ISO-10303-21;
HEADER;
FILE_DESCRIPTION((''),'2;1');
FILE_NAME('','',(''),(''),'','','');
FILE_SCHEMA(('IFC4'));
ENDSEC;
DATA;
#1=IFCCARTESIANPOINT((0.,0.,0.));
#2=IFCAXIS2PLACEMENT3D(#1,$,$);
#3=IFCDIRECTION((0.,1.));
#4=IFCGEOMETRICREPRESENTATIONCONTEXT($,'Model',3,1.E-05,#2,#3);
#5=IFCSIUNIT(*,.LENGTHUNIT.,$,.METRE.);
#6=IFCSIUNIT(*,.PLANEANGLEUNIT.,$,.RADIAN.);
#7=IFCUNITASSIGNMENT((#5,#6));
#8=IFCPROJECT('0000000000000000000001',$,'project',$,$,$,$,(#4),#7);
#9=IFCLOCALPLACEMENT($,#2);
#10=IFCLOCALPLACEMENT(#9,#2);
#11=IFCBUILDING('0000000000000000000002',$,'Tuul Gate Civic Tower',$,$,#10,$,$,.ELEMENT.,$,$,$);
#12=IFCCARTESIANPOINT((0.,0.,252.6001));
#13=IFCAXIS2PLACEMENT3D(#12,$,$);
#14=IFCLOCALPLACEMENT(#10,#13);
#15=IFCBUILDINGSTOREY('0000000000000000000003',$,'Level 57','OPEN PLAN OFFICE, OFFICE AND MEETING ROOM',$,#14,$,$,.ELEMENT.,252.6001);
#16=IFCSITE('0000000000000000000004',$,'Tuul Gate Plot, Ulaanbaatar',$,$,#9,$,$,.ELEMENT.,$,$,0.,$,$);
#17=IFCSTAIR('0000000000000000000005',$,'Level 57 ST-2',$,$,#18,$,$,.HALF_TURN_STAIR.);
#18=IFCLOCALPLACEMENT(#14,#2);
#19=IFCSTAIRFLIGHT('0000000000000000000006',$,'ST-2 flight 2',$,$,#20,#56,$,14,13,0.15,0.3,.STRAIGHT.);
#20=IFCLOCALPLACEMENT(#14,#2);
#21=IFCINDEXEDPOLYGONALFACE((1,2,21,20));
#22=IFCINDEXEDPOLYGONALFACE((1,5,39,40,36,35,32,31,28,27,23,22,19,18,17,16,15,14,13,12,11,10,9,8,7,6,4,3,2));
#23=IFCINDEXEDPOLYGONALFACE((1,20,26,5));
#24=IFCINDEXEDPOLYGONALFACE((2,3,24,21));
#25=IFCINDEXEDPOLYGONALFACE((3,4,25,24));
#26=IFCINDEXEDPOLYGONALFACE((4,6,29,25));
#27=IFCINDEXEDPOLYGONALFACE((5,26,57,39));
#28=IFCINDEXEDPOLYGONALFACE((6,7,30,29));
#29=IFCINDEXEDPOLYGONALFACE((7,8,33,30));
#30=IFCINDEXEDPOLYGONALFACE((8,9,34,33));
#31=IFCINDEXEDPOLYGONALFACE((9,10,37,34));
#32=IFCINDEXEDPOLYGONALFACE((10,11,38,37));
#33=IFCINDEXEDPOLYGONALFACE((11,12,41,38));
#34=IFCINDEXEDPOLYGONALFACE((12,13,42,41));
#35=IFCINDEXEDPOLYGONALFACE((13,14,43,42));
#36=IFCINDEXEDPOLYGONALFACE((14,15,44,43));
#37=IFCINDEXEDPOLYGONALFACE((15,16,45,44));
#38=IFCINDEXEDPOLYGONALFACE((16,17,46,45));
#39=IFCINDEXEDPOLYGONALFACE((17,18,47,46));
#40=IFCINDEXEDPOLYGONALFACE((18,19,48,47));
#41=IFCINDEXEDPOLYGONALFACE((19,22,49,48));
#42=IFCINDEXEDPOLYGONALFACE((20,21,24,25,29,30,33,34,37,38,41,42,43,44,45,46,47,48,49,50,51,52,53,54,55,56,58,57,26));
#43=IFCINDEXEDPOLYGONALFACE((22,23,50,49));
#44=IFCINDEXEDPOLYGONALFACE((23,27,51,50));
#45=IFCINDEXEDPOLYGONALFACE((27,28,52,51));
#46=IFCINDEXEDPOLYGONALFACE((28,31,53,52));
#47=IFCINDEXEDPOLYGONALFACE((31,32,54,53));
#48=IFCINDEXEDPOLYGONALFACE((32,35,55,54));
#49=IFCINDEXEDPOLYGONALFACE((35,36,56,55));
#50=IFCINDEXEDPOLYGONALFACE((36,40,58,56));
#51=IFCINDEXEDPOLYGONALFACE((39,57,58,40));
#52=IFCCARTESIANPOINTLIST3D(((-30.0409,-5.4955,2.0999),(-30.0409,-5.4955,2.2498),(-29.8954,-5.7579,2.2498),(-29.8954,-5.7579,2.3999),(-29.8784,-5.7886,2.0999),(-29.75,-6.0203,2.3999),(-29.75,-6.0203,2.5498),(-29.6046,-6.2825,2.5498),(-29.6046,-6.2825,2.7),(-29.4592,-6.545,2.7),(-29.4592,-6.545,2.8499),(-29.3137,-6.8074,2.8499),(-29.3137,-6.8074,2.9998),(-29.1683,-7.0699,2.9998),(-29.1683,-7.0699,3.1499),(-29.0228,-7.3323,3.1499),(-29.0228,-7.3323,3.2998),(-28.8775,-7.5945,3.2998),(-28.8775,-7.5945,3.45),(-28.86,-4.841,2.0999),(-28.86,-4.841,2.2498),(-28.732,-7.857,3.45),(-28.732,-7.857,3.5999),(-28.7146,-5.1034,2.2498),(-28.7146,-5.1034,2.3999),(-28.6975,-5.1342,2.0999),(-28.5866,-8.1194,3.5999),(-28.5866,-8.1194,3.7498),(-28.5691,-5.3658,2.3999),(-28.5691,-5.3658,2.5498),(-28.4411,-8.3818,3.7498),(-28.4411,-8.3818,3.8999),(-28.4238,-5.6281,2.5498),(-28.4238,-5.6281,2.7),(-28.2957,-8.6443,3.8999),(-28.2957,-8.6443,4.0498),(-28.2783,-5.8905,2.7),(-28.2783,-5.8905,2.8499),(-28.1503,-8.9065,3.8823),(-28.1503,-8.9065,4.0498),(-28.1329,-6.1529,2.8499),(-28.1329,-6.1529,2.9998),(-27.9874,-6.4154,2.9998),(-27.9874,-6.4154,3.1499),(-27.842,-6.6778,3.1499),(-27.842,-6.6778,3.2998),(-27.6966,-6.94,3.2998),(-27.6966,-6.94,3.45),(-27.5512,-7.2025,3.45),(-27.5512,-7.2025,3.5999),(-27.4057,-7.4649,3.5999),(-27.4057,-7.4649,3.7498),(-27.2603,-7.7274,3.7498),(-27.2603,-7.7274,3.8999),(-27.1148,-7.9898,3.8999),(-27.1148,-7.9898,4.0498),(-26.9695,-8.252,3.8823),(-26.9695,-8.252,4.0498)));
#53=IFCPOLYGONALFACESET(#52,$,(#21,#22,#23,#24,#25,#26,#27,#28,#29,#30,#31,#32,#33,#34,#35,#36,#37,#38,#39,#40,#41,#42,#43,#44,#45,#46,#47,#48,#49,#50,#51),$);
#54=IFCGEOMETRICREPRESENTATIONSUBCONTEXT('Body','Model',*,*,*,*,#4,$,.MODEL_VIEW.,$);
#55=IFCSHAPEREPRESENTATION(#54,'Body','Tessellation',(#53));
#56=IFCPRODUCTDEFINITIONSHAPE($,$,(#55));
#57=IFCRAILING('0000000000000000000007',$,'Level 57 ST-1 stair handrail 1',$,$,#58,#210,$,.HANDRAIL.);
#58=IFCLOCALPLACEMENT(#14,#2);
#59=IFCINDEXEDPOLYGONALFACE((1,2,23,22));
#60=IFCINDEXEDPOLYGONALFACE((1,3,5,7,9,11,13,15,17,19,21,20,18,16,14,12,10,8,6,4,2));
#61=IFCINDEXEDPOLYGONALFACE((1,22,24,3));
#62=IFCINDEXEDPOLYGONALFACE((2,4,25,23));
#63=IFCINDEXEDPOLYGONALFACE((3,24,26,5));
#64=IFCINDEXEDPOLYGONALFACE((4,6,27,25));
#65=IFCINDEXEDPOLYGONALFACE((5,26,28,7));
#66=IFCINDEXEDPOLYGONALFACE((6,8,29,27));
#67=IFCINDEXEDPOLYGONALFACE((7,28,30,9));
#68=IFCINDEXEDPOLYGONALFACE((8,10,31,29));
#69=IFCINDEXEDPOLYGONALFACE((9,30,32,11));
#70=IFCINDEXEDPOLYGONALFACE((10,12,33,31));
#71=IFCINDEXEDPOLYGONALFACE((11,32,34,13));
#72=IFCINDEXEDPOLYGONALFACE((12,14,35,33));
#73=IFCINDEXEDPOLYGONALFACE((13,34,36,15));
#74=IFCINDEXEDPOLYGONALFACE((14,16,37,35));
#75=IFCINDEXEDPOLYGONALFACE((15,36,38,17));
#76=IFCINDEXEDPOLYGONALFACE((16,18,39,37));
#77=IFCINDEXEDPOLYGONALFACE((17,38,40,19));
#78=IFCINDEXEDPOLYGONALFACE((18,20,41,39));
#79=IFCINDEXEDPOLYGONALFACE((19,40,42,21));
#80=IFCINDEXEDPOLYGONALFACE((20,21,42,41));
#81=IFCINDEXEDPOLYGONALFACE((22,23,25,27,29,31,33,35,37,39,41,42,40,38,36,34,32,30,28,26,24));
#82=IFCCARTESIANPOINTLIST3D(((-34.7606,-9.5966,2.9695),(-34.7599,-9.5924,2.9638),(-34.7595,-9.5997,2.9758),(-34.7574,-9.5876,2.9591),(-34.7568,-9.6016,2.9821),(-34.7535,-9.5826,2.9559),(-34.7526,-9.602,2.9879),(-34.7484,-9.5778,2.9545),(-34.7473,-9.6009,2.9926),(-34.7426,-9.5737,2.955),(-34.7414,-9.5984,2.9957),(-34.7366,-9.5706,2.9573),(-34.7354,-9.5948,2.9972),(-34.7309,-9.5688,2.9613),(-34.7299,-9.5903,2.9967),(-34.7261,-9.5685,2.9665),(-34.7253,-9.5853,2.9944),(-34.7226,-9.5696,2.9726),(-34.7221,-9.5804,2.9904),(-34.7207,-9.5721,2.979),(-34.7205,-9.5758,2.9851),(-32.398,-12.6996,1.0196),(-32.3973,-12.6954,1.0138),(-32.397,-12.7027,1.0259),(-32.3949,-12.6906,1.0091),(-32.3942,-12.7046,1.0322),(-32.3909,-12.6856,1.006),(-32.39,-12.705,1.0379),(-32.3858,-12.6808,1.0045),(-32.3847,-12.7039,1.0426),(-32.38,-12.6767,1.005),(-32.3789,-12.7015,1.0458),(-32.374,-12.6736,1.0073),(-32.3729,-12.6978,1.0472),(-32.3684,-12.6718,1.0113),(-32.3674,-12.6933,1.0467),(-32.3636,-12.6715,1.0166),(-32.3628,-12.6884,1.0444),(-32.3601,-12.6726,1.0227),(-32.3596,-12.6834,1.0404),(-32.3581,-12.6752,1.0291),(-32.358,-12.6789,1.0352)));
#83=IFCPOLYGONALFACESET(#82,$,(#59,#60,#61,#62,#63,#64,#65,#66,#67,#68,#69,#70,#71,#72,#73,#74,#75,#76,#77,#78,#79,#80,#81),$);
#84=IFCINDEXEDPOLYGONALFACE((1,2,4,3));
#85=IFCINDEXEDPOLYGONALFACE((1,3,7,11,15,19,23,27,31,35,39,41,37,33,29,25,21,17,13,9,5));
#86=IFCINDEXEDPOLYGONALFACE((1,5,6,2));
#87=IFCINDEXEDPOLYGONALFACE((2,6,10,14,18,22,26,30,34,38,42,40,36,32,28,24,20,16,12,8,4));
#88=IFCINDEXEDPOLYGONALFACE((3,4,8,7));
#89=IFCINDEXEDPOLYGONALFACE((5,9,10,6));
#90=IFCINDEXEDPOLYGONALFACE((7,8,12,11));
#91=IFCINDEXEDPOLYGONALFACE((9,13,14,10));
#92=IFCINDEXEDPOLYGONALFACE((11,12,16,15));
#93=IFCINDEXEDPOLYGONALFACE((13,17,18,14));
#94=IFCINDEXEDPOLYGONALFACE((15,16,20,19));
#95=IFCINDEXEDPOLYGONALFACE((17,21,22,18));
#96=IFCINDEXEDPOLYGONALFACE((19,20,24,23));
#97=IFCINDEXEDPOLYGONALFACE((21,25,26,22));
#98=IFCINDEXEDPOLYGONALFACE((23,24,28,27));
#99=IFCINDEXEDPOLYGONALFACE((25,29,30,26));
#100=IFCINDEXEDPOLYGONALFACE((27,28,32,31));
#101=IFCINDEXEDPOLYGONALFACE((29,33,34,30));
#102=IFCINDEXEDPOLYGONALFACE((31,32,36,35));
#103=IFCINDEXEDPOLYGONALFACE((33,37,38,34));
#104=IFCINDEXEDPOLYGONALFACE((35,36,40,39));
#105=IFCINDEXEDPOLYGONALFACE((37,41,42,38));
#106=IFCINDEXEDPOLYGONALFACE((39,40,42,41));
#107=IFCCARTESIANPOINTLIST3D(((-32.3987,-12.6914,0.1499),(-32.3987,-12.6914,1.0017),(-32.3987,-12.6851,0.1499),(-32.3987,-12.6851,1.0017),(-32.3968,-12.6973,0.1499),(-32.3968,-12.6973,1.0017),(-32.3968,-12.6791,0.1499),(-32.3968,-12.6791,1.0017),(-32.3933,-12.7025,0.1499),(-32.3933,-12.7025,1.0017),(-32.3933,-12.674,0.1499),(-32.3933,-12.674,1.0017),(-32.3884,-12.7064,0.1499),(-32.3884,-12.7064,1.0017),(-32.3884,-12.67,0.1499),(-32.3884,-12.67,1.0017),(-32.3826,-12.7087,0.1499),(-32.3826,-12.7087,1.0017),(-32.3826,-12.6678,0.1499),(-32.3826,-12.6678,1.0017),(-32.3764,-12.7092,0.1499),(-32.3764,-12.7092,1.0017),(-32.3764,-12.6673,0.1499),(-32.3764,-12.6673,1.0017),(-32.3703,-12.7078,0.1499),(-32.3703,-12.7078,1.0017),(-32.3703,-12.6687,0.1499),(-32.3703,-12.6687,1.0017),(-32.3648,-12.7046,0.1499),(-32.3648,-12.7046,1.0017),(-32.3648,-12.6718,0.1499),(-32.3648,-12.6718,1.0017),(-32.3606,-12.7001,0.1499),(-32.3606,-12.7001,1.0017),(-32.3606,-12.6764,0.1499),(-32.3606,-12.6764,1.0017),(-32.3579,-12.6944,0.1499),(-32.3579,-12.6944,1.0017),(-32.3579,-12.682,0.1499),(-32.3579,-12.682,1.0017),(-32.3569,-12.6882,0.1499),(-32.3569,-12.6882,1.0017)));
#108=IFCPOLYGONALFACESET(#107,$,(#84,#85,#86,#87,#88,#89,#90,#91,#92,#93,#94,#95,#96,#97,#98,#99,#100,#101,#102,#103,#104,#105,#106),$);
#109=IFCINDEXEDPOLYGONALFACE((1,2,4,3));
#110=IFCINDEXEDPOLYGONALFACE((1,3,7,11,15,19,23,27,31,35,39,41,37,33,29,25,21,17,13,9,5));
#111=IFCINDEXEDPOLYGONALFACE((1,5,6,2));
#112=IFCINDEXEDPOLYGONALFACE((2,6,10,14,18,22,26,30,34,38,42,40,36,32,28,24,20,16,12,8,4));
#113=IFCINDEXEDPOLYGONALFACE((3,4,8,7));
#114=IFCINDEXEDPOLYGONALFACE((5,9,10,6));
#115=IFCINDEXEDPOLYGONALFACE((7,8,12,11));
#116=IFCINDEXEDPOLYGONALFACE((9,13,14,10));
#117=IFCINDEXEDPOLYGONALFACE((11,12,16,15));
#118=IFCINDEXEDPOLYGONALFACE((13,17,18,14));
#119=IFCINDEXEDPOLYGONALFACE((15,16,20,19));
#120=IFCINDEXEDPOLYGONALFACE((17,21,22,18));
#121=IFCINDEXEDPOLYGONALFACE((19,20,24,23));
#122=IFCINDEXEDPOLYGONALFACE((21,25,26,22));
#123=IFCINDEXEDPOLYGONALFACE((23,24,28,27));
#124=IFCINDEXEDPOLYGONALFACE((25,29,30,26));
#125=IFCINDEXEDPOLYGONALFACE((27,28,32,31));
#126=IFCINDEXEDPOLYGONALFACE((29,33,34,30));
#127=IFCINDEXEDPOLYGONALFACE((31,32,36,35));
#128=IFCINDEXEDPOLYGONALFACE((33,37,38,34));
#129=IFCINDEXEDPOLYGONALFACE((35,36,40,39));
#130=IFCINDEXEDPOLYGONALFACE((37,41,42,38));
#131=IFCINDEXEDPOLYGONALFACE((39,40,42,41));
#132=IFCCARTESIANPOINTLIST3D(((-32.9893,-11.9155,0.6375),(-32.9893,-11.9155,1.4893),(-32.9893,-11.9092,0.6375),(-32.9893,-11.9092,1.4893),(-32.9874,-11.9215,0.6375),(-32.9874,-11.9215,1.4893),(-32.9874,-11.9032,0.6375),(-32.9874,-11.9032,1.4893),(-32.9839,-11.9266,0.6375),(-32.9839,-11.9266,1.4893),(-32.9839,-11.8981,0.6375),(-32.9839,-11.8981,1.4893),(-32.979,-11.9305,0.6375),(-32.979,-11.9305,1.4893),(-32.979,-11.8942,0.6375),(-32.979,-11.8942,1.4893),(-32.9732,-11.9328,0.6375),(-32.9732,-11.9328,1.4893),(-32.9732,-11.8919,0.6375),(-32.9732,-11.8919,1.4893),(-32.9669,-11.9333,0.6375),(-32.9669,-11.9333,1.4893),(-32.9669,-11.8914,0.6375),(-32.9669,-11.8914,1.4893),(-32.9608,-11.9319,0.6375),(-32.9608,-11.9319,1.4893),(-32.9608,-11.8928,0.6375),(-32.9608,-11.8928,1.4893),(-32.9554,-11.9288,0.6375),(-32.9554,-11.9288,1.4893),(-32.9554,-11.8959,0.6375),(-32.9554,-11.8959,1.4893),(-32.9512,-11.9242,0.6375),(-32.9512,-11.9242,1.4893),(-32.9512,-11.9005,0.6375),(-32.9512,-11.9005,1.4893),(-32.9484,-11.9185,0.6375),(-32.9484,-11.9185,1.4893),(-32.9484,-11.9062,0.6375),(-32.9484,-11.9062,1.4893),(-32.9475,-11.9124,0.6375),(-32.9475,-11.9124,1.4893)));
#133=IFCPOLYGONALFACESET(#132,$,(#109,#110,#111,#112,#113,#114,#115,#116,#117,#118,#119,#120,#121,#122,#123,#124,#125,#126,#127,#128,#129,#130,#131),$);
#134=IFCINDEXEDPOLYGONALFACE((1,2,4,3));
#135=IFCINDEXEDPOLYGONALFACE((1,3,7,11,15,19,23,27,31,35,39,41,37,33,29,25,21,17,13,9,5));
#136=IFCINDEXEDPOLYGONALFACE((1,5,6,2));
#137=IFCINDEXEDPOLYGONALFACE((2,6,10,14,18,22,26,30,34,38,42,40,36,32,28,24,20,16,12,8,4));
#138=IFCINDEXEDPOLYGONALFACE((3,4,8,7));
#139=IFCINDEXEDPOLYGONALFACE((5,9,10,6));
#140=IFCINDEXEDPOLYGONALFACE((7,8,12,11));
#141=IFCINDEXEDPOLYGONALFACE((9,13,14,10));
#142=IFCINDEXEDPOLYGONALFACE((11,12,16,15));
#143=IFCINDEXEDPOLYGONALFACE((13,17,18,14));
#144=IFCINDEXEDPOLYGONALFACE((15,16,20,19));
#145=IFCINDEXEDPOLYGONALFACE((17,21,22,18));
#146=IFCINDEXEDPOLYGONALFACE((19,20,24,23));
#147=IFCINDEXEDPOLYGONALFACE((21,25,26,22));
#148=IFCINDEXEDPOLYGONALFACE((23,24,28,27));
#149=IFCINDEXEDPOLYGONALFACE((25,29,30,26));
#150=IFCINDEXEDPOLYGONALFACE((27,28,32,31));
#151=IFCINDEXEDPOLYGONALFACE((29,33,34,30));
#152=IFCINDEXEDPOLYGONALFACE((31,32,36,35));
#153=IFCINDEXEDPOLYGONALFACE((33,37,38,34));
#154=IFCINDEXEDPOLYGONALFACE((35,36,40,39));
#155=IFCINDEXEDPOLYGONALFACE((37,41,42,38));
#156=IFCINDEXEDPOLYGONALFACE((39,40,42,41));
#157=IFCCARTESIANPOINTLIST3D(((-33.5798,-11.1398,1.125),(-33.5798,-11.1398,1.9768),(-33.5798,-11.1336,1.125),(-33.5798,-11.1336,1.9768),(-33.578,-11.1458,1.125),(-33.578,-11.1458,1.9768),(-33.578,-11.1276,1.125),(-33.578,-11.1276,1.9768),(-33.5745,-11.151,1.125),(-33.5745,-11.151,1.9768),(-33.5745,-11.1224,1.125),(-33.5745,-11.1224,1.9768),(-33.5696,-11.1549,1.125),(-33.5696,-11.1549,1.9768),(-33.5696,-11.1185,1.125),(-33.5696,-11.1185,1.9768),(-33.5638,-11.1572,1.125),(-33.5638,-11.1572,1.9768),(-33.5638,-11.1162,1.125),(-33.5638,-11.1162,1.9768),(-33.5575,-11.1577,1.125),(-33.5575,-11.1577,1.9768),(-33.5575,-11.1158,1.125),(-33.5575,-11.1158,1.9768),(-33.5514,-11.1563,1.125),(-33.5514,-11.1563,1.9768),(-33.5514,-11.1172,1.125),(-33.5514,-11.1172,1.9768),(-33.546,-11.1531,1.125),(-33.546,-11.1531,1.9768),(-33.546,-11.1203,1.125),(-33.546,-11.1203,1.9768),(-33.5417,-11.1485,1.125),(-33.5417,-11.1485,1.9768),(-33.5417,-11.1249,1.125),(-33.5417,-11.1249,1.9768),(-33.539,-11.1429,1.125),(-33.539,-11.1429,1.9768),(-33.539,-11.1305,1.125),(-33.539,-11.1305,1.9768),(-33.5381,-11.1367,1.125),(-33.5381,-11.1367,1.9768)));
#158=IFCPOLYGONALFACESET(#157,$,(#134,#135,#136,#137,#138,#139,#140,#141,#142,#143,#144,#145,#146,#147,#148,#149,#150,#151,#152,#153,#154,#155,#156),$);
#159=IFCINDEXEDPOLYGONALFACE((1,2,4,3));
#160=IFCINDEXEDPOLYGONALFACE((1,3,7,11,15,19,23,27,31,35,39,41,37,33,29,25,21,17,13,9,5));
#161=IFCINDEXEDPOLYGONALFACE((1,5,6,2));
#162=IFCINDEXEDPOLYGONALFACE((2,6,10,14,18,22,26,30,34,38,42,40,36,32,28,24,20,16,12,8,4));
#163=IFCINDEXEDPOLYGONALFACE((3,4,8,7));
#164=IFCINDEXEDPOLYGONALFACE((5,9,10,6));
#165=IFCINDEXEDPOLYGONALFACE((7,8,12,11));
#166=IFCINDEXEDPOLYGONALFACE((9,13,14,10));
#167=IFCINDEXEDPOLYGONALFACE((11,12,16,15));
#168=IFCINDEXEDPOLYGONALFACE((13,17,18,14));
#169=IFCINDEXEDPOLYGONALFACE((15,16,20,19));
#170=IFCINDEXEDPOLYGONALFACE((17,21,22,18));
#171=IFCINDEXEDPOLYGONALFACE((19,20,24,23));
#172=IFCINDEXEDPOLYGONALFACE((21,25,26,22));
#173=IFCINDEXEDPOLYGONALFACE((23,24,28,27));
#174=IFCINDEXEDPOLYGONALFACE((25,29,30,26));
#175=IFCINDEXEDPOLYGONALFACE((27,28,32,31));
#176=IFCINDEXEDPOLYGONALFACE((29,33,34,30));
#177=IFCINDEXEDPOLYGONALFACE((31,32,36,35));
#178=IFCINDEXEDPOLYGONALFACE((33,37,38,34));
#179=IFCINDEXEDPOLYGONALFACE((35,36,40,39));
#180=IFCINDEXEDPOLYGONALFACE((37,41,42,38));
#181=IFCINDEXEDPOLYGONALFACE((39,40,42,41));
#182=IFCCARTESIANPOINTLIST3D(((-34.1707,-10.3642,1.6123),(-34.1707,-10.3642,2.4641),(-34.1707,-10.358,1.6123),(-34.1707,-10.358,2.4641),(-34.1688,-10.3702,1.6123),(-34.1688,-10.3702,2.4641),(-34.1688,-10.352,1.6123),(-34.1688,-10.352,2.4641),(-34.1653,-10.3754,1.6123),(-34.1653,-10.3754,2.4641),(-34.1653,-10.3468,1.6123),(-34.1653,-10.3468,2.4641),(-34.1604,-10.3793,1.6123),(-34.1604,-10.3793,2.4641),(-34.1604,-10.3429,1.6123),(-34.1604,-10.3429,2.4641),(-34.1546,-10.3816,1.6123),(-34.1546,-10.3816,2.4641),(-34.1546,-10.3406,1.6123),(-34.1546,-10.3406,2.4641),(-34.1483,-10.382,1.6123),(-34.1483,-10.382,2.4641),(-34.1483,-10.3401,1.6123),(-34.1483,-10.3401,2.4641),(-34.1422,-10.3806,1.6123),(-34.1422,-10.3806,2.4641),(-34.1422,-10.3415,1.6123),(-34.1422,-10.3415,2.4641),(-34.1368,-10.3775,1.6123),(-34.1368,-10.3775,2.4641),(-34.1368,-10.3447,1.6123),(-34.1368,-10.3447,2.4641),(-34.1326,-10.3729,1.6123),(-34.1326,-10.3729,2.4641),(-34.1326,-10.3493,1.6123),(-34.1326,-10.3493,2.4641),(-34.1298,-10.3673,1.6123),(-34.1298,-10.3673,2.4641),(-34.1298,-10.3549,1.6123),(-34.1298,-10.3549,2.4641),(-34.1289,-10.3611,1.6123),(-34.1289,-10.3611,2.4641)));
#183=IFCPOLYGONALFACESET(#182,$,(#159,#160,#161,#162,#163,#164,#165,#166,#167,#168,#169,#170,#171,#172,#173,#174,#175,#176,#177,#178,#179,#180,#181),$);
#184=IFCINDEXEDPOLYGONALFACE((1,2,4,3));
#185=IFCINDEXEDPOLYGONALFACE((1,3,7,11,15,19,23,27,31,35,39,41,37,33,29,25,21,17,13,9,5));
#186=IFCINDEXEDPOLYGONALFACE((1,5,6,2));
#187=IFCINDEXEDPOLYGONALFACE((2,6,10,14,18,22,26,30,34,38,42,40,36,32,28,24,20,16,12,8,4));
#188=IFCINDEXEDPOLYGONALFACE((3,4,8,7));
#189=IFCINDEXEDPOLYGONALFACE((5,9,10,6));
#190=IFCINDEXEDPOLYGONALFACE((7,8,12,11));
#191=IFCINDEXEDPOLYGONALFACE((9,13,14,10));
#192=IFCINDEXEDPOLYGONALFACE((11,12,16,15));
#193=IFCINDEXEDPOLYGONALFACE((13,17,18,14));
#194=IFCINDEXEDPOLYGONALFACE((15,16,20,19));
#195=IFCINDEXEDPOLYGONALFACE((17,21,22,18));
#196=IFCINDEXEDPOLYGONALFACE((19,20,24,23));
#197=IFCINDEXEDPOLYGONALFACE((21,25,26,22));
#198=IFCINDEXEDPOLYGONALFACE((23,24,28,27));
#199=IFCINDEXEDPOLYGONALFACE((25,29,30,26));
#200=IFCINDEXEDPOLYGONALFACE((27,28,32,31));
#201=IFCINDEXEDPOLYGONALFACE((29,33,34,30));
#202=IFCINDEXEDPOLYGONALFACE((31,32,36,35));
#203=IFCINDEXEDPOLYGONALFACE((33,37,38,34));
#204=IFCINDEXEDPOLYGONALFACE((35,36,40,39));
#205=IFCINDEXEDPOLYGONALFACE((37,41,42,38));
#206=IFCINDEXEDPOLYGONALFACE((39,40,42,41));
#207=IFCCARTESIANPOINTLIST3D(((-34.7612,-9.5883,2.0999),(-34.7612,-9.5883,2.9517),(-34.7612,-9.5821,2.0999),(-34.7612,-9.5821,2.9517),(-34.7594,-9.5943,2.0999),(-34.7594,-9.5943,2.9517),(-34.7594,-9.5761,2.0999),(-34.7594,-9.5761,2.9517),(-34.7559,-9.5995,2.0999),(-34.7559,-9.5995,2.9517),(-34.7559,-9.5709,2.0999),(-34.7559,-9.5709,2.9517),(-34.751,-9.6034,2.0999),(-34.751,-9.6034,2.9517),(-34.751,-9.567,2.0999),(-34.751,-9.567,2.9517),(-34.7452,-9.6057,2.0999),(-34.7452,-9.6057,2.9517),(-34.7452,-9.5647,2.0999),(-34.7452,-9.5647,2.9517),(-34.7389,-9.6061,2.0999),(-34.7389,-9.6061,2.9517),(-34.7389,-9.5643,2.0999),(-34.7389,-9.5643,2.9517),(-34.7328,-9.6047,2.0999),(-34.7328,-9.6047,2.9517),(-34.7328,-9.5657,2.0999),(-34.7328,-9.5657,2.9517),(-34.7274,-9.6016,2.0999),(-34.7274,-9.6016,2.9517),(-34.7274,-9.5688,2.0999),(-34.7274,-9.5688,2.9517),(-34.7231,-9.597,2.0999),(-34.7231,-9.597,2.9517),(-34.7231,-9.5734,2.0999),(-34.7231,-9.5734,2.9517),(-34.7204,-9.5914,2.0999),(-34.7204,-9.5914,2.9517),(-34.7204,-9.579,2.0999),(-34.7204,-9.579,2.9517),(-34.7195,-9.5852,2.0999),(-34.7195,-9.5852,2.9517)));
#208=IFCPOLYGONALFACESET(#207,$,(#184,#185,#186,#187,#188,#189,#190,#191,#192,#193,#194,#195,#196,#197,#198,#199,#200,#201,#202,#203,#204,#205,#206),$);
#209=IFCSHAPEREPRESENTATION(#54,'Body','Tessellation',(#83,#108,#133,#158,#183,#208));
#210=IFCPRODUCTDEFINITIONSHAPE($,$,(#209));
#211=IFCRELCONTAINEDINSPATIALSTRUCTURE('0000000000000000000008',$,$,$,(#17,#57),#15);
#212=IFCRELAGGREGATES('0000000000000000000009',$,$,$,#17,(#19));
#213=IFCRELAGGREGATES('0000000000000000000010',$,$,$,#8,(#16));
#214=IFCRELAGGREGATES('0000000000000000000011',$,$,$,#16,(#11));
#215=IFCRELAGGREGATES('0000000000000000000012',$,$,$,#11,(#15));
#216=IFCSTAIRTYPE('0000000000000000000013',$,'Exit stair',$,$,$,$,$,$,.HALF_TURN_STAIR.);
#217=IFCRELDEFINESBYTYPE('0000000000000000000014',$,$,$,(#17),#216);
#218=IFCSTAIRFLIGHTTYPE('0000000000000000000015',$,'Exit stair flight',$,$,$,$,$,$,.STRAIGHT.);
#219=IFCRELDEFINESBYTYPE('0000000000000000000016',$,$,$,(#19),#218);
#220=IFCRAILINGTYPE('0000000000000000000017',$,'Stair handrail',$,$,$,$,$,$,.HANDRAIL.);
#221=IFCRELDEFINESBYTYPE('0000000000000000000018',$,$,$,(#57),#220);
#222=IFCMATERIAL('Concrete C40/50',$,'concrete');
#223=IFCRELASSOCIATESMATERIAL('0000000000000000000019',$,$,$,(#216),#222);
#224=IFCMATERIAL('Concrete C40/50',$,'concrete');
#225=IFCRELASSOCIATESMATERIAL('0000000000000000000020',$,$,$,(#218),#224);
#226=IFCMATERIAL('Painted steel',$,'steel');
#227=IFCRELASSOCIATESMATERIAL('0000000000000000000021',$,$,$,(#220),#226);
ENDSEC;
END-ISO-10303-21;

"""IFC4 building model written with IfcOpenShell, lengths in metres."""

from ifc_helpers import new_model, si_unit, direction, frame, origin, origin_2d, place, context, subcontext, project, spatial, polyline, circle, outline, extrude, material, type_object, element, aggregate, save


model = new_model("IFC4")

# Units and contexts
model_context = context("Model", 3, precision=1e-05, world=origin(), true_north=direction((0.0, 1.0)))
body_context = subcontext(model_context, "Body", "Model", "MODEL_VIEW")
ifc_project = project(units=[si_unit("LENGTHUNIT", "METRE"), si_unit("PLANEANGLEUNIT", "RADIAN")], contexts=[model_context])

# Site, building, storey
site_placement = place(None, origin())
site = spatial("IfcSite", under=ifc_project, at=site_placement, Name="Tuul Gate Plot, Ulaanbaatar", CompositionType="ELEMENT", RefElevation=0.0)
building_placement = place(site_placement, origin())
building = spatial("IfcBuilding", under=site, at=building_placement, Name="Tuul Gate Civic Tower", CompositionType="ELEMENT")
storey_placement = place(building_placement, frame((0.0, 0.0, 252.6001)))
storey = spatial("IfcBuildingStorey", under=building, at=storey_placement, Name="Level 57", Description="OPEN PLAN OFFICE, OFFICE AND MEETING ROOM", CompositionType="ELEMENT", Elevation=252.6001)

# Stair, stair flight
ifc_material_1 = material(Name="Concrete C40/50", Category="concrete")
stair_type = type_object("IfcStairType", Name="Exit stair", PredefinedType="HALF_TURN_STAIR", material=ifc_material_1)
ifc_material_2 = material(Name="Concrete C40/50", Category="concrete")
stair_flight_type = type_object("IfcStairFlightType", Name="Exit stair flight", PredefinedType="STRAIGHT", material=ifc_material_2)
stair_1_placement = place(storey_placement, origin())
stair_1 = element("IfcStair", 1, at=stair_1_placement, inside=storey, type_object=stair_type, Name="Level 57 ST-2", PredefinedType="HALF_TURN_STAIR")
stair_flight_1_placement = place(storey_placement, frame((-29.4504, -5.1682, 2.0999), z_axis=(0.0, 0.0, 1.0), x_axis=(0.484762, -0.874646, 0.0)))
stair_flight_1 = element("IfcStairFlight", 2, at=stair_flight_1_placement, type_object=stair_flight_type, Name="ST-2 flight 2", NumberOfRisers=14, NumberOfTreads=13, PredefinedType="STRAIGHT", RiserHeight=0.15, TreadLength=0.3, context=body_context, shape_type="SweptSolid", body=[
    extrude(outline(polyline([(0.0, 0.0), (0.0, 0.1499), (0.3, 0.1499), (0.3, 0.3), (0.6001, 0.3), (0.6001, 0.45), (0.8999, 0.45), (0.8999, 0.6001), (1.2, 0.6001), (1.2, 0.75), (1.5, 0.75), (1.5, 0.8999), (1.8, 0.8999), (1.8, 1.05), (2.1001, 1.05), (2.1001, 1.2), (2.3999, 1.2), (2.3999, 1.3501), (2.7, 1.3501), (2.7, 1.5), (3.0, 1.5), (3.0, 1.6499), (3.3, 1.6499), (3.3, 1.8), (3.6001, 1.8), (3.6001, 1.95), (3.8999, 1.95), (3.8999, 2.1001), (3.8999, 1.7825), (0.3352, 0.0), (0.0, 0.0)])), frame((0.0, 0.675, 0.0), z_axis=(0.0, -1.0, 0.0), x_axis=(1.0, 0.0, 0.0)), (0.0, 0.0, 1.0), 1.3501),
])
aggregate(stair_1, [stair_flight_1])

# Railing
ifc_material_3 = material(Name="Painted steel", Category="steel")
railing_type_1 = type_object("IfcRailingType", Name="Stair handrail", PredefinedType="HANDRAIL", material=ifc_material_3)
railing_1_placement = place(storey_placement, frame((-32.3779, -12.6882, 0.1499)))
element("IfcRailing", 3, at=railing_1_placement, inside=storey, type_object=railing_type_1, Name="Level 57 ST-1 stair handrail 1", PredefinedType="HANDRAIL", context=body_context, shape_type="SweptSolid", body=[
    extrude(circle(Radius=0.0239, at=origin_2d()), frame((0.0, 0.0, 0.876), z_axis=(-0.541824, 0.711645, 0.4472), x_axis=(-0.795637, -0.605773, 0.0)), (0.0, 0.0, 1.0), 4.3604),
    extrude(circle(Radius=0.021, at=origin_2d()), origin(), (0.0, 0.0, 1.0), 0.8518),
    extrude(circle(Radius=0.021, at=origin_2d()), frame((-0.5906, 0.7759, 0.4875)), (0.0, 0.0, 1.0), 0.8518),
    extrude(circle(Radius=0.021, at=origin_2d()), frame((-1.1812, 1.5515, 0.9751)), (0.0, 0.0, 1.0), 0.8518),
    extrude(circle(Radius=0.021, at=origin_2d()), frame((-1.772, 2.3271, 1.4624)), (0.0, 0.0, 1.0), 0.8518),
    extrude(circle(Radius=0.021, at=origin_2d()), frame((-2.3625, 3.103, 1.95)), (0.0, 0.0, 1.0), 0.8518),
])

save(model, "model.ifc")
